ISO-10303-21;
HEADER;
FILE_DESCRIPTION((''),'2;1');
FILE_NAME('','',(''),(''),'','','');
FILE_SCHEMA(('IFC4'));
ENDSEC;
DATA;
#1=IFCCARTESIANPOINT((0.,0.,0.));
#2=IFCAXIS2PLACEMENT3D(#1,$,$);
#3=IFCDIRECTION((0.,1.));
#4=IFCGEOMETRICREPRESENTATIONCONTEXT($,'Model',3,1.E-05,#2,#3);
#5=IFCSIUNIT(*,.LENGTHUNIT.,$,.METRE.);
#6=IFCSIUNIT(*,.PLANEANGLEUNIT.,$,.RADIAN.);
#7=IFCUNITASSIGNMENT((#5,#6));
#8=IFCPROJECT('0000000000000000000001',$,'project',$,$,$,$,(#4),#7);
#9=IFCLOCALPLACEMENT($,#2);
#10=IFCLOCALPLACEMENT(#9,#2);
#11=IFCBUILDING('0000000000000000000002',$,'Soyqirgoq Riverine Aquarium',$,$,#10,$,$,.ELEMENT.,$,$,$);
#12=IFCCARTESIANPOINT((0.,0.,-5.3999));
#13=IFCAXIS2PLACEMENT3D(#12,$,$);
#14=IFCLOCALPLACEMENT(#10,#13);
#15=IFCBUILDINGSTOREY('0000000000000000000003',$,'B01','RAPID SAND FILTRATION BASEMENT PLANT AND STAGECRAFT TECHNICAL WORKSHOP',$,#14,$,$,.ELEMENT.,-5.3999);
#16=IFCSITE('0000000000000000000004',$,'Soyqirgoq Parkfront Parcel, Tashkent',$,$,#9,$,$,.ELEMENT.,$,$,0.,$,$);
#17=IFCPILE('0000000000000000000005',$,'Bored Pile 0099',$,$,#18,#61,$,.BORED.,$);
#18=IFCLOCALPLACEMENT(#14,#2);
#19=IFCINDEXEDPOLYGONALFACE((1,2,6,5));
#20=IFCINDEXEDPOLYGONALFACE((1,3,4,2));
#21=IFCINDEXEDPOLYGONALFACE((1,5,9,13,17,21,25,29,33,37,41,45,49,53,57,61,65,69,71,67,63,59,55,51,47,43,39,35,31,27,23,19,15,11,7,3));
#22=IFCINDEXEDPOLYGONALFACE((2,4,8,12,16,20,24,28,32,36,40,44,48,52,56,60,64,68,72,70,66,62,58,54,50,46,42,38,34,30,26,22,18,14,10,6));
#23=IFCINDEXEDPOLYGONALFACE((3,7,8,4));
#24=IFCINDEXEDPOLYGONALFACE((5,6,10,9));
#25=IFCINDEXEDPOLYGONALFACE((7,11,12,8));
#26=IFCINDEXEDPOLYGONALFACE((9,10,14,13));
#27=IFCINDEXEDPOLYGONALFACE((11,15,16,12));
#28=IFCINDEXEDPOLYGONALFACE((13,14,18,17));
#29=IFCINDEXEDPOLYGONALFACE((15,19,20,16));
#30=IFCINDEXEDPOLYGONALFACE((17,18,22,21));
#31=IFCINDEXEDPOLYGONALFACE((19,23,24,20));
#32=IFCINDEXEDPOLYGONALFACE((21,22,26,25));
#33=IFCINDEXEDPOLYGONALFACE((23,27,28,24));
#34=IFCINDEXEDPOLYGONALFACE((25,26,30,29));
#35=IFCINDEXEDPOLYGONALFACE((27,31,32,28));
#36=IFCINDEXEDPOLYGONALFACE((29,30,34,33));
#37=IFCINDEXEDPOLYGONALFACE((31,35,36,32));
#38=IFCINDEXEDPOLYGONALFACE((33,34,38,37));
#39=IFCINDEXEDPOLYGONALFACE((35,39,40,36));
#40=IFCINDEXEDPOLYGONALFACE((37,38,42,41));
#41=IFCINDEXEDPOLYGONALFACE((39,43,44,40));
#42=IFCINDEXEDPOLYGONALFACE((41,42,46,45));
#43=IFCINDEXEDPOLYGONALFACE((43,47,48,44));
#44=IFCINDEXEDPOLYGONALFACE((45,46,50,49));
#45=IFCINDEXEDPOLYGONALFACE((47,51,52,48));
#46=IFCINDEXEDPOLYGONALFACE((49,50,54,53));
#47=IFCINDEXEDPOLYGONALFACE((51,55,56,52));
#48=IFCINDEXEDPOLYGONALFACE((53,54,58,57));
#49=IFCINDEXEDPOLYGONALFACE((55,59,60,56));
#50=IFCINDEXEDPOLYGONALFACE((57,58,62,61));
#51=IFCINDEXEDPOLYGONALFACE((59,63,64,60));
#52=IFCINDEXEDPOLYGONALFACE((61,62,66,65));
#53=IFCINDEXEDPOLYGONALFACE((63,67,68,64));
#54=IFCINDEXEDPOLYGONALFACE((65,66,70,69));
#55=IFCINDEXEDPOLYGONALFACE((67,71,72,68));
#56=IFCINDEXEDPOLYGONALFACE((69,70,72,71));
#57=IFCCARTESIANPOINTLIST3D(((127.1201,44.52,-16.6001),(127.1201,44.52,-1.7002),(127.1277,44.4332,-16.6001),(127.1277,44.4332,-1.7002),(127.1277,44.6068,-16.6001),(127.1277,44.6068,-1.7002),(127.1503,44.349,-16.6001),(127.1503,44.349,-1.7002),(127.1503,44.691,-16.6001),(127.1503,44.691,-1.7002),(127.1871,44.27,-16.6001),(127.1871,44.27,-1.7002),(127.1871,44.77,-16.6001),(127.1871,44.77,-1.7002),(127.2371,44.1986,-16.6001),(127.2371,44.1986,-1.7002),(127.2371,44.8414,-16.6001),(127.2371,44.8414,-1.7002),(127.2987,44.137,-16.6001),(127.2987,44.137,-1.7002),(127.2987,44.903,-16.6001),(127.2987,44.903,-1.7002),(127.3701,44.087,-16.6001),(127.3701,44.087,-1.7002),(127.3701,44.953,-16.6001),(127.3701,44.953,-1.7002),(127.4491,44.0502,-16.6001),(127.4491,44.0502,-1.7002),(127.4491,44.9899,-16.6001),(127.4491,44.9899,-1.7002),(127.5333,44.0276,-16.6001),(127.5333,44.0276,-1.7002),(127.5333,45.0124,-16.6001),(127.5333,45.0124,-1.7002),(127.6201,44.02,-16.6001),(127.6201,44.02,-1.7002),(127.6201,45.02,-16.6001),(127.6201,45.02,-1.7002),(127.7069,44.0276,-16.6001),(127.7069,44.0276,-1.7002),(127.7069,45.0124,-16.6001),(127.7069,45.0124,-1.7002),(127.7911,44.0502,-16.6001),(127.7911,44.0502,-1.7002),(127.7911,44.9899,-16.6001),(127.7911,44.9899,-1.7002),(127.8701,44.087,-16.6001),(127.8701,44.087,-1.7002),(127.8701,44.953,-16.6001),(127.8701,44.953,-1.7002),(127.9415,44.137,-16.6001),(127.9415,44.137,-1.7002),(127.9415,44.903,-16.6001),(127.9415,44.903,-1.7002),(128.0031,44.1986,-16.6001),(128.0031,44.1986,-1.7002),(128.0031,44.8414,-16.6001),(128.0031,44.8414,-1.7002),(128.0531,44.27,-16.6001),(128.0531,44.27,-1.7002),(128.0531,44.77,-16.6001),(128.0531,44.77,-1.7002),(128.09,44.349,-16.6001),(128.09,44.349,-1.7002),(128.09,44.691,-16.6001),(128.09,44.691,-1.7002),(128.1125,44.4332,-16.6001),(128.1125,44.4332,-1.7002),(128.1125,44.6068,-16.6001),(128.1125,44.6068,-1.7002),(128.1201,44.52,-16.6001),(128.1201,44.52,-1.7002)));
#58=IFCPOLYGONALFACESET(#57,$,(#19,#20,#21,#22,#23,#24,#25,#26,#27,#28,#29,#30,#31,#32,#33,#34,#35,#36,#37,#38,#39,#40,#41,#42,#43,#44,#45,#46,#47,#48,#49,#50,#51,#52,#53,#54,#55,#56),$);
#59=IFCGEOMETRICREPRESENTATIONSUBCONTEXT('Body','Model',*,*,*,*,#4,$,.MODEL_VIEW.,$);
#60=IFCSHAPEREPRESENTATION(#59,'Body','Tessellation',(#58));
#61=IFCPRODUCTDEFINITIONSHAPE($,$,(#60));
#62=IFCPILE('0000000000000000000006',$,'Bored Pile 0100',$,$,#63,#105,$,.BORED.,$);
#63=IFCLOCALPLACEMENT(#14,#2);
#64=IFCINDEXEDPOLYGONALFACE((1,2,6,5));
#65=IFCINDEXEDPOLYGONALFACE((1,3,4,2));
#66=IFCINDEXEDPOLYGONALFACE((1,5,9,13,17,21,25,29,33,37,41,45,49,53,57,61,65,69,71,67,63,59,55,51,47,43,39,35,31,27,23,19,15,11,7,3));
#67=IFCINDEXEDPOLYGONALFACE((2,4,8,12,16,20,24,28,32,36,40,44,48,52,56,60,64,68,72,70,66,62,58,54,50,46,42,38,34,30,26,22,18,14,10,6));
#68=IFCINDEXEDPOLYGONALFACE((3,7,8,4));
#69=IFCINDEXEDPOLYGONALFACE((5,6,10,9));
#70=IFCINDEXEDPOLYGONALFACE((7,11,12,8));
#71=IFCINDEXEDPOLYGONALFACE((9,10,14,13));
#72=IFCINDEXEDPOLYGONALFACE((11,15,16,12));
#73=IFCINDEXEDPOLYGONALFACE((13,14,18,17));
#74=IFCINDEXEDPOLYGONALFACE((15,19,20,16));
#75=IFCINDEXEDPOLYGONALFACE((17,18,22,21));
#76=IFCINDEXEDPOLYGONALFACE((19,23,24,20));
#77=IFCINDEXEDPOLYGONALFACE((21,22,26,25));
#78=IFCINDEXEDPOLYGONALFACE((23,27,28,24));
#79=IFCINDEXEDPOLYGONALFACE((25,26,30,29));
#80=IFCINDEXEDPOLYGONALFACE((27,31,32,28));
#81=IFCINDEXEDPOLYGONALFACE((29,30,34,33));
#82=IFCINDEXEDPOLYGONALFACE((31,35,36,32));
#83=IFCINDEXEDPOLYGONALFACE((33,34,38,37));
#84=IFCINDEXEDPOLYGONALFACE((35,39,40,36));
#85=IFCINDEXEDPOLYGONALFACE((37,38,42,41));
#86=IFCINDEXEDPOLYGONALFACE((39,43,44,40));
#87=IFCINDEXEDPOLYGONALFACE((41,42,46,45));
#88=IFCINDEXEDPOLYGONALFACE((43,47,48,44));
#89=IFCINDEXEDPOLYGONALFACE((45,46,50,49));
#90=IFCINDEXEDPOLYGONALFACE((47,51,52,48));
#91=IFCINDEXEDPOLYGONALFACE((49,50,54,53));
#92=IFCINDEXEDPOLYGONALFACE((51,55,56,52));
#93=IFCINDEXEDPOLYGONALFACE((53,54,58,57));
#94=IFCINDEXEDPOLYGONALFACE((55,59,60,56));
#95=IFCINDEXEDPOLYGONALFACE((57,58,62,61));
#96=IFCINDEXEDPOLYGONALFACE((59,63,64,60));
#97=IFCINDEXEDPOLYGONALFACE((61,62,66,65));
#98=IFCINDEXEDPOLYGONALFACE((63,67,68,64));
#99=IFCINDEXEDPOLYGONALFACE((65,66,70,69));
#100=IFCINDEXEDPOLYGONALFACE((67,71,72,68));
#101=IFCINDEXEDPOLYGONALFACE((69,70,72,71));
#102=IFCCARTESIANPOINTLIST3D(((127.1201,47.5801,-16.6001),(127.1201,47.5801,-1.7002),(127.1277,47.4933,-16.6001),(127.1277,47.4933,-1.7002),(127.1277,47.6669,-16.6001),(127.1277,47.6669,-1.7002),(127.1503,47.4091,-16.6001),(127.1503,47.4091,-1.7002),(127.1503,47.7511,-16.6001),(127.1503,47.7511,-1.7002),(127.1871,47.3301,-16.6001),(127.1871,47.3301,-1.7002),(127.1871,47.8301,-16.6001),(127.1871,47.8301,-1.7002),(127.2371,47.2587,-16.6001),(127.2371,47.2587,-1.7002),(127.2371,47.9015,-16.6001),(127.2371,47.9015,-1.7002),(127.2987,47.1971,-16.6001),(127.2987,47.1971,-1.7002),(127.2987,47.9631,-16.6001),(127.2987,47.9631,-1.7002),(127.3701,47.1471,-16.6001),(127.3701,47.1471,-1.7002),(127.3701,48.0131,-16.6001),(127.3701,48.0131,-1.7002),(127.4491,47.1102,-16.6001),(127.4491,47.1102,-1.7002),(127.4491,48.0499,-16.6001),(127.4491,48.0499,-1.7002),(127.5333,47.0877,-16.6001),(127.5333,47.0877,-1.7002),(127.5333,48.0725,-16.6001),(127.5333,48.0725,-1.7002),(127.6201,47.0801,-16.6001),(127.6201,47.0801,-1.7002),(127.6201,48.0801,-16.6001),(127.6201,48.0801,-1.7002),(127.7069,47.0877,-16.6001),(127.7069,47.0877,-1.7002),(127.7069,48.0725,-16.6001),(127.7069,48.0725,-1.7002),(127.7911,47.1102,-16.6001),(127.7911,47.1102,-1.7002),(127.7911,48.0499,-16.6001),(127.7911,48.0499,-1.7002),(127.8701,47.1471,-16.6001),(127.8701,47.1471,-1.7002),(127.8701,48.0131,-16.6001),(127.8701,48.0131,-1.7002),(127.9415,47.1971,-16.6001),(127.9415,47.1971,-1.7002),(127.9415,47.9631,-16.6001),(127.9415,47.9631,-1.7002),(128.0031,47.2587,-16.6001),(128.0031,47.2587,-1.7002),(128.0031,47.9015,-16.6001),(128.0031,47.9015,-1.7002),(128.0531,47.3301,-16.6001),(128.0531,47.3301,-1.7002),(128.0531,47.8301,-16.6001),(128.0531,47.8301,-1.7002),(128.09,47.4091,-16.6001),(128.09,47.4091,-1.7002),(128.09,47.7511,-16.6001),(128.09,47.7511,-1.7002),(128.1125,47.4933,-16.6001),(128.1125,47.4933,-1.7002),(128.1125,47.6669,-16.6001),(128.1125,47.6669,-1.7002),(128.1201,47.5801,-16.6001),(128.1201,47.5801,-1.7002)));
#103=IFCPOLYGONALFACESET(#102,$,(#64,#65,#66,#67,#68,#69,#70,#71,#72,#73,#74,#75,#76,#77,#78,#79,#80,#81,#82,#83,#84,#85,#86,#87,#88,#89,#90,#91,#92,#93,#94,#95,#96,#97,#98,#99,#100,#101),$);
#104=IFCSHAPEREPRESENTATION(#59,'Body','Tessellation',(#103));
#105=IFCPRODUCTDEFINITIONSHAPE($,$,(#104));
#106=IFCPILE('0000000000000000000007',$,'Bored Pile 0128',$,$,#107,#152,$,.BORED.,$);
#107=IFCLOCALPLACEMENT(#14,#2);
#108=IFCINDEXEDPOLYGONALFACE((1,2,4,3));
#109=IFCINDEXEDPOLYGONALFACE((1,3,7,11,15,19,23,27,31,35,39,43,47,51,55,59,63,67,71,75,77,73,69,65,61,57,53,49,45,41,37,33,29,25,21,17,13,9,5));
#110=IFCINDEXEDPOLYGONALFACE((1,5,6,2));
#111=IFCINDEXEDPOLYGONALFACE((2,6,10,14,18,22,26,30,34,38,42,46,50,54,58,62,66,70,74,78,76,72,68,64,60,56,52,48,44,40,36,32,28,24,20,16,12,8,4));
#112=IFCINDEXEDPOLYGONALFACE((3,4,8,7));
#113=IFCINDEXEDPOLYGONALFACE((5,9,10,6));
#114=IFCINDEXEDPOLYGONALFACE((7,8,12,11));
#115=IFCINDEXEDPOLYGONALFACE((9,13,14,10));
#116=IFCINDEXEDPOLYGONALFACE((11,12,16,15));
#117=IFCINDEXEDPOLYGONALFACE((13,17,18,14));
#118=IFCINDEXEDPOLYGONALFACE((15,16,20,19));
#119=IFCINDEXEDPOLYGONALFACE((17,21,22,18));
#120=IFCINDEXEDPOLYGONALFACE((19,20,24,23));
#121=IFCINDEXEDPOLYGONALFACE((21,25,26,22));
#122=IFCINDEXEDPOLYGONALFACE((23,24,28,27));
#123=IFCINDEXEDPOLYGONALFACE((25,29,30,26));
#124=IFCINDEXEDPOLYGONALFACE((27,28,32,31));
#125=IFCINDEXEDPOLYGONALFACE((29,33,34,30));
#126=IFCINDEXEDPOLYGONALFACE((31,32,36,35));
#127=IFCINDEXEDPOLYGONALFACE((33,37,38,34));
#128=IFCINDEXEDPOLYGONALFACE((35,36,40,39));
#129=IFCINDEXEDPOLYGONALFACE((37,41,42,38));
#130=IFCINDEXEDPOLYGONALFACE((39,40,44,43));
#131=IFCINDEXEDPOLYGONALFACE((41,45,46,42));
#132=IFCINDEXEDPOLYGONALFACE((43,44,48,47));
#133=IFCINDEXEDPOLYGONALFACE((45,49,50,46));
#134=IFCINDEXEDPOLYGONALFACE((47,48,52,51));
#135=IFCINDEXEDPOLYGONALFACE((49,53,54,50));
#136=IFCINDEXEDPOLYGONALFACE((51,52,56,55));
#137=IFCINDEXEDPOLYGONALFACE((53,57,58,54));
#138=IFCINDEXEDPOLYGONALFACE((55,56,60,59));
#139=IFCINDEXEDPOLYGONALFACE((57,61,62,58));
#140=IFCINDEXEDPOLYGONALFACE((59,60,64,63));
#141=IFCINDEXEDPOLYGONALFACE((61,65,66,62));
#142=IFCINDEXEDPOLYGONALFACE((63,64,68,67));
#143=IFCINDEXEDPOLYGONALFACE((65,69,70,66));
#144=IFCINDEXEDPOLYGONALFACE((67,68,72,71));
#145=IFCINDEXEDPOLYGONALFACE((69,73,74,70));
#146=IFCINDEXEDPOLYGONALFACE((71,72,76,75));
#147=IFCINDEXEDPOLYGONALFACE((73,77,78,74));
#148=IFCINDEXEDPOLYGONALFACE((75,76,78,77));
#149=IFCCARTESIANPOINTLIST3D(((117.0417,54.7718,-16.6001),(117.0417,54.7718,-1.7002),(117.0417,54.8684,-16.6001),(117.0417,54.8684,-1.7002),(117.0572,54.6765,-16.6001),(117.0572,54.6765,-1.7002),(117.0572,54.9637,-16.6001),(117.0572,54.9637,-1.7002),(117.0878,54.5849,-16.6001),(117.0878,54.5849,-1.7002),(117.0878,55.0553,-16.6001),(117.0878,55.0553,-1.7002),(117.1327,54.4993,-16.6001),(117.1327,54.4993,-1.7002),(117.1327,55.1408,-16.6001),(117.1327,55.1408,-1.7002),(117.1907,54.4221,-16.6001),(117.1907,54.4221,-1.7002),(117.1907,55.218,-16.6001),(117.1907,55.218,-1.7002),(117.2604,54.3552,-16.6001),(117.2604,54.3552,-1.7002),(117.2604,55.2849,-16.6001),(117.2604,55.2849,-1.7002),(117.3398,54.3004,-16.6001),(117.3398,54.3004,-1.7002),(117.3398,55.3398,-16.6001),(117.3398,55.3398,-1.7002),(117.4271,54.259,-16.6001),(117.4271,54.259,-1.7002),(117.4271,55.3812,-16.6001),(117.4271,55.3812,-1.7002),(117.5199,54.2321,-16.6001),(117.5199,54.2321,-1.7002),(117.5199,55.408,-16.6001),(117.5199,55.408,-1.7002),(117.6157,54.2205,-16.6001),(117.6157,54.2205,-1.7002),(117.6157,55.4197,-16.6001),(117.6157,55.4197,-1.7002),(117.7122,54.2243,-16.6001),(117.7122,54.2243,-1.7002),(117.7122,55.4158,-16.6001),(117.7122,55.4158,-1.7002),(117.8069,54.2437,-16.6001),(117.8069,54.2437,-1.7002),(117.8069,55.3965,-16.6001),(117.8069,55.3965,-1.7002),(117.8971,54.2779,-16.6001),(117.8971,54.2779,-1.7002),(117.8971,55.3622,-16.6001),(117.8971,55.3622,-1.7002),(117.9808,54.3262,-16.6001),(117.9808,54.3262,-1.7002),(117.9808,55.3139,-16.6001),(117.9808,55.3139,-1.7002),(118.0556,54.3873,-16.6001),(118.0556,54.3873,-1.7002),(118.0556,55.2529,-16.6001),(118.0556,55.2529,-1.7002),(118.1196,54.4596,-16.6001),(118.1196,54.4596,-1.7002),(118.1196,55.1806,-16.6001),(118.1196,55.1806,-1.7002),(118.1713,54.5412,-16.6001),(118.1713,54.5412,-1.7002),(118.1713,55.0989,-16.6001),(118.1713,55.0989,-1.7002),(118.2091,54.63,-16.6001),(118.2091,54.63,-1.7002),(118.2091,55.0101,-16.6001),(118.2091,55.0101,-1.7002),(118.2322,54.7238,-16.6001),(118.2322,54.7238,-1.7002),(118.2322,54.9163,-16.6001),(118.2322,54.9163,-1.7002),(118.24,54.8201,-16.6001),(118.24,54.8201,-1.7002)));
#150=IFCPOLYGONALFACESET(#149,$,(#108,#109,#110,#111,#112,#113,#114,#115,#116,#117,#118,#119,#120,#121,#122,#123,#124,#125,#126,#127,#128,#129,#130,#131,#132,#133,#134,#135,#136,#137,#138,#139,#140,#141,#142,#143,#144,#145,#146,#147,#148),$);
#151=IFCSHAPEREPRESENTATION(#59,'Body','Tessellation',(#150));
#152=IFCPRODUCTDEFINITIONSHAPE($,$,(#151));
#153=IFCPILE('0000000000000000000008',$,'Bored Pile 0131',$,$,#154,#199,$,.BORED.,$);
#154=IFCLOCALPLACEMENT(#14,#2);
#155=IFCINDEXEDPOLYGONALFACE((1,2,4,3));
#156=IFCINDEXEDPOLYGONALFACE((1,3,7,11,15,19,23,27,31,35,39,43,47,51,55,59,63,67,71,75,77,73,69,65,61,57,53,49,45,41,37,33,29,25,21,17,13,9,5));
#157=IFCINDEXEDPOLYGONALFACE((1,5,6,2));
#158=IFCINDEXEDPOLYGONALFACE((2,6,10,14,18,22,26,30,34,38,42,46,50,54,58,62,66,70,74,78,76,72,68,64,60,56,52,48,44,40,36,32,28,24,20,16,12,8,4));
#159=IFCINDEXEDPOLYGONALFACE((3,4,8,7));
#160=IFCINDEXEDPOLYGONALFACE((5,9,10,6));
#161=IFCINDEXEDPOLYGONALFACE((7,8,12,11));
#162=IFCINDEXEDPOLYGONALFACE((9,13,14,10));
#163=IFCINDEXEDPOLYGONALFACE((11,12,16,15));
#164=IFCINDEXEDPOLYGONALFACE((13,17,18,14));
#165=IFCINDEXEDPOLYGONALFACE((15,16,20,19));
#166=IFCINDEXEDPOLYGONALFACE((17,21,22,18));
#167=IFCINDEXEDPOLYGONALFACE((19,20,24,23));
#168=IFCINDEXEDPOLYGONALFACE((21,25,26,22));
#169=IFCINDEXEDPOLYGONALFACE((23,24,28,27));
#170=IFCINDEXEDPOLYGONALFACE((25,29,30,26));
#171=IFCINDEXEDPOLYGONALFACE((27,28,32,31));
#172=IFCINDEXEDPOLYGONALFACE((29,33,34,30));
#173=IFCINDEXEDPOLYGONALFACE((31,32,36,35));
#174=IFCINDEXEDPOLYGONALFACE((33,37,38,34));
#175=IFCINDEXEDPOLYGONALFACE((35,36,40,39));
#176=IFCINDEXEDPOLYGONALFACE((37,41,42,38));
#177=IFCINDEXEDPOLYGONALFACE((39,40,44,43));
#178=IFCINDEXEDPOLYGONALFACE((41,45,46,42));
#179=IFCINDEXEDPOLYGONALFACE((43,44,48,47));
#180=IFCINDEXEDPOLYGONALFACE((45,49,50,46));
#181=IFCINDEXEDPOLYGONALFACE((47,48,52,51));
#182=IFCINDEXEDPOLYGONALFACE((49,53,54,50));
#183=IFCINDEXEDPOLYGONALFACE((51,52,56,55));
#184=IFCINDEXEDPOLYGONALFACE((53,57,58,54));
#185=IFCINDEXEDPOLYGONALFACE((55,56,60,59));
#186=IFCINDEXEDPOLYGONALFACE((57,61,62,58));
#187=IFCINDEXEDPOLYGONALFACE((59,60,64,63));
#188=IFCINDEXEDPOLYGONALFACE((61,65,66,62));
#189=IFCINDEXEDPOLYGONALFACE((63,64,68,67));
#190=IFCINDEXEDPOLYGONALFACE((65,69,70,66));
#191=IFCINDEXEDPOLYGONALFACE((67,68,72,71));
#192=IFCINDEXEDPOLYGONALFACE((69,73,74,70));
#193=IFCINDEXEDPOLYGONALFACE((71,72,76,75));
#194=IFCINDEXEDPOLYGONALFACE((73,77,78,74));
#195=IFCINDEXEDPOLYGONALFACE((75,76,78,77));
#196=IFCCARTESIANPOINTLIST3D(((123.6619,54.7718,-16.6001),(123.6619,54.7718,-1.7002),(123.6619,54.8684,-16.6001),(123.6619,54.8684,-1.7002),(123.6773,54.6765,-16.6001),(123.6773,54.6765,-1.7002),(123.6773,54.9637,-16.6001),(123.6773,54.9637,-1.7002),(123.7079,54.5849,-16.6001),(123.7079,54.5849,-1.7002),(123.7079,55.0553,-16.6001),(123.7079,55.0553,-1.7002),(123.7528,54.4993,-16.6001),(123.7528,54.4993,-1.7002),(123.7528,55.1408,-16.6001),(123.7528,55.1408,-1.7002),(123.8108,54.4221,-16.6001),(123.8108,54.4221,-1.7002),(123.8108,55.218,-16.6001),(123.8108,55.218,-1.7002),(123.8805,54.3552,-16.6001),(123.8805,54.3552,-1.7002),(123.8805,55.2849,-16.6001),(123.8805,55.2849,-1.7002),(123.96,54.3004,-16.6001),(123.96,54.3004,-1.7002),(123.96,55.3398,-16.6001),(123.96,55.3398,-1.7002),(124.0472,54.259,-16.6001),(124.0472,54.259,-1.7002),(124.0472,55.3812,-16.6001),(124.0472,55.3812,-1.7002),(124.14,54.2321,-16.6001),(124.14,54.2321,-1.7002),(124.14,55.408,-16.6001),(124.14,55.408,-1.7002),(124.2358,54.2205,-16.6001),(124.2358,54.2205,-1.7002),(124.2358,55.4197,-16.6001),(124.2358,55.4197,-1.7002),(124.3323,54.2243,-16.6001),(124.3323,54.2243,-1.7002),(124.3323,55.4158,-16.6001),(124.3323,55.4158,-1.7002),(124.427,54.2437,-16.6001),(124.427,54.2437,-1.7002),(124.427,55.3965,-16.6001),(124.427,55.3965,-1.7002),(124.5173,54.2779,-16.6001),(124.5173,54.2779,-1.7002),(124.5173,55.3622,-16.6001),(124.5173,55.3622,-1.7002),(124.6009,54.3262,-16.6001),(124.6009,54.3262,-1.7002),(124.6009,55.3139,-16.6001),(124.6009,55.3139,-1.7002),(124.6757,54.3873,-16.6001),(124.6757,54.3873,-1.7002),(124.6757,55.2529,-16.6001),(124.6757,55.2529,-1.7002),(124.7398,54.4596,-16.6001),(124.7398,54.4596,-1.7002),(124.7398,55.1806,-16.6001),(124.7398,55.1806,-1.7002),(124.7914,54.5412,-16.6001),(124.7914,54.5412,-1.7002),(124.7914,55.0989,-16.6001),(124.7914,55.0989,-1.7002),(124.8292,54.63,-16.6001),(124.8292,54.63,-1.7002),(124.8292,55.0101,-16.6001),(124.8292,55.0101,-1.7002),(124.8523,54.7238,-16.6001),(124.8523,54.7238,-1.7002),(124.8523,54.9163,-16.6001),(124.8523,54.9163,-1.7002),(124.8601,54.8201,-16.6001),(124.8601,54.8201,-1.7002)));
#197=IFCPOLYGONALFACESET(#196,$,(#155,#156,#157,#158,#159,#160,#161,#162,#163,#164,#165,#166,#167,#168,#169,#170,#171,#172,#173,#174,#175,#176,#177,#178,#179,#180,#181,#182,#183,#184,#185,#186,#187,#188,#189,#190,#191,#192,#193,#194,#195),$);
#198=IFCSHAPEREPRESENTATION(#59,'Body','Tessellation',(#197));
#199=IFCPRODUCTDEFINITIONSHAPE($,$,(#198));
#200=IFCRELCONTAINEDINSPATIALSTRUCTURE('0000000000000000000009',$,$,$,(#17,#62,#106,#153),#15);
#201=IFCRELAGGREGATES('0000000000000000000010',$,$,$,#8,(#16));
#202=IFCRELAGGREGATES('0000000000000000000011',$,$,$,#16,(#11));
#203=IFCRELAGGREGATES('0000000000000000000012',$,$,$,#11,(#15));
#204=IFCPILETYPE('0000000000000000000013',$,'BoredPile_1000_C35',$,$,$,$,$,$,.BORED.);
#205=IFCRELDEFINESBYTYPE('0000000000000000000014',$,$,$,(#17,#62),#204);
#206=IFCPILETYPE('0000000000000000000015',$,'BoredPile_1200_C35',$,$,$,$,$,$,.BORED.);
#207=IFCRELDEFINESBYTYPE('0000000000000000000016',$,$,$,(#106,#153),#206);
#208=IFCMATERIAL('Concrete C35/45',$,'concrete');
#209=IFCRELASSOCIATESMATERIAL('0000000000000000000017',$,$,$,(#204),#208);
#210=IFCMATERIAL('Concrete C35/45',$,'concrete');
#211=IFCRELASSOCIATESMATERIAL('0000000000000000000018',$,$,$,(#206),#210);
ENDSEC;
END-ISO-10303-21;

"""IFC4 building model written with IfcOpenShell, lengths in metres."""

from ifc_helpers import new_model, si_unit, direction, frame, origin, origin_2d, place, context, subcontext, project, spatial, circle, extrude, material, material_profile, profile_set, type_object, element, save


model = new_model("IFC4")

# Units and contexts
model_context = context("Model", 3, precision=1e-05, world=origin(), true_north=direction((0.0, 1.0)))
body_context = subcontext(model_context, "Body", "Model", "MODEL_VIEW")
ifc_project = project(units=[si_unit("LENGTHUNIT", "METRE"), si_unit("PLANEANGLEUNIT", "RADIAN")], contexts=[model_context])

# Site, building, storey
site_placement = place(None, origin())
site = spatial("IfcSite", under=ifc_project, at=site_placement, Name="Soyqirgoq Parkfront Parcel, Tashkent", CompositionType="ELEMENT", RefElevation=0.0)
building_placement = place(site_placement, origin())
building = spatial("IfcBuilding", under=site, at=building_placement, Name="Soyqirgoq Riverine Aquarium", CompositionType="ELEMENT")
storey_placement = place(building_placement, frame((0.0, 0.0, -5.3999)))
storey = spatial("IfcBuildingStorey", under=building, at=storey_placement, Name="B01", Description="RAPID SAND FILTRATION BASEMENT PLANT AND STAGECRAFT TECHNICAL WORKSHOP", CompositionType="ELEMENT", Elevation=-5.3999)

# Piles
ifc_material_1 = material(Name="Concrete C35/45", Category="concrete")
ifc_material_profile_1 = material_profile(ifc_material_1, circle(Radius=0.5, at=origin_2d()), Name="BP D1000")
ifc_profile_set_1 = profile_set([ifc_material_profile_1], Name="Concrete C35/45")
pile_type_1 = type_object("IfcPileType", Name="BoredPile_1000_C35", PredefinedType="BORED", material=ifc_profile_set_1)
for number, where, z_axis, x_axis, name in (
    (1, (127.6201, 44.52, -1.7002), (0.0, 0.0, -1.0), (1.0, 0.0, 0.0), "Bored Pile 0099"),
    (2, (127.6201, 47.5801, -1.7002), (0.0, 0.0, -1.0), (1.0, 0.0, 0.0), "Bored Pile 0100"),
):
    element("IfcPile", number, at=place(storey_placement, frame(where, z_axis=z_axis, x_axis=x_axis)), inside=storey, type_object=pile_type_1, Name=name, PredefinedType="BORED", context=body_context, shape_type="SweptSolid", body=[
        extrude(circle(Radius=0.5, at=origin_2d()), origin(), (0.0, 0.0, 1.0), 14.8999),
    ])
ifc_material_2 = material(Name="Concrete C35/45", Category="concrete")
ifc_material_profile_2 = material_profile(ifc_material_2, circle(Radius=0.6001, at=origin_2d()), Name="BP D1200")
ifc_profile_set_2 = profile_set([ifc_material_profile_2], Name="Concrete C35/45")
pile_type_2 = type_object("IfcPileType", Name="BoredPile_1200_C35", PredefinedType="BORED", material=ifc_profile_set_2)
for number, where, z_axis, x_axis, name in (
    (3, (117.6399, 54.8201, -1.7002), (0.0, 0.0, -1.0), (1.0, 0.0, 0.0), "Bored Pile 0128"),
    (4, (124.26, 54.8201, -1.7002), (0.0, 0.0, -1.0), (1.0, 0.0, 0.0), "Bored Pile 0131"),
):
    element("IfcPile", number, at=place(storey_placement, frame(where, z_axis=z_axis, x_axis=x_axis)), inside=storey, type_object=pile_type_2, Name=name, PredefinedType="BORED", context=body_context, shape_type="SweptSolid", body=[
        extrude(circle(Radius=0.6001, at=origin_2d()), origin(), (0.0, 0.0, 1.0), 14.8999),
    ])

save(model, "model.ifc")
